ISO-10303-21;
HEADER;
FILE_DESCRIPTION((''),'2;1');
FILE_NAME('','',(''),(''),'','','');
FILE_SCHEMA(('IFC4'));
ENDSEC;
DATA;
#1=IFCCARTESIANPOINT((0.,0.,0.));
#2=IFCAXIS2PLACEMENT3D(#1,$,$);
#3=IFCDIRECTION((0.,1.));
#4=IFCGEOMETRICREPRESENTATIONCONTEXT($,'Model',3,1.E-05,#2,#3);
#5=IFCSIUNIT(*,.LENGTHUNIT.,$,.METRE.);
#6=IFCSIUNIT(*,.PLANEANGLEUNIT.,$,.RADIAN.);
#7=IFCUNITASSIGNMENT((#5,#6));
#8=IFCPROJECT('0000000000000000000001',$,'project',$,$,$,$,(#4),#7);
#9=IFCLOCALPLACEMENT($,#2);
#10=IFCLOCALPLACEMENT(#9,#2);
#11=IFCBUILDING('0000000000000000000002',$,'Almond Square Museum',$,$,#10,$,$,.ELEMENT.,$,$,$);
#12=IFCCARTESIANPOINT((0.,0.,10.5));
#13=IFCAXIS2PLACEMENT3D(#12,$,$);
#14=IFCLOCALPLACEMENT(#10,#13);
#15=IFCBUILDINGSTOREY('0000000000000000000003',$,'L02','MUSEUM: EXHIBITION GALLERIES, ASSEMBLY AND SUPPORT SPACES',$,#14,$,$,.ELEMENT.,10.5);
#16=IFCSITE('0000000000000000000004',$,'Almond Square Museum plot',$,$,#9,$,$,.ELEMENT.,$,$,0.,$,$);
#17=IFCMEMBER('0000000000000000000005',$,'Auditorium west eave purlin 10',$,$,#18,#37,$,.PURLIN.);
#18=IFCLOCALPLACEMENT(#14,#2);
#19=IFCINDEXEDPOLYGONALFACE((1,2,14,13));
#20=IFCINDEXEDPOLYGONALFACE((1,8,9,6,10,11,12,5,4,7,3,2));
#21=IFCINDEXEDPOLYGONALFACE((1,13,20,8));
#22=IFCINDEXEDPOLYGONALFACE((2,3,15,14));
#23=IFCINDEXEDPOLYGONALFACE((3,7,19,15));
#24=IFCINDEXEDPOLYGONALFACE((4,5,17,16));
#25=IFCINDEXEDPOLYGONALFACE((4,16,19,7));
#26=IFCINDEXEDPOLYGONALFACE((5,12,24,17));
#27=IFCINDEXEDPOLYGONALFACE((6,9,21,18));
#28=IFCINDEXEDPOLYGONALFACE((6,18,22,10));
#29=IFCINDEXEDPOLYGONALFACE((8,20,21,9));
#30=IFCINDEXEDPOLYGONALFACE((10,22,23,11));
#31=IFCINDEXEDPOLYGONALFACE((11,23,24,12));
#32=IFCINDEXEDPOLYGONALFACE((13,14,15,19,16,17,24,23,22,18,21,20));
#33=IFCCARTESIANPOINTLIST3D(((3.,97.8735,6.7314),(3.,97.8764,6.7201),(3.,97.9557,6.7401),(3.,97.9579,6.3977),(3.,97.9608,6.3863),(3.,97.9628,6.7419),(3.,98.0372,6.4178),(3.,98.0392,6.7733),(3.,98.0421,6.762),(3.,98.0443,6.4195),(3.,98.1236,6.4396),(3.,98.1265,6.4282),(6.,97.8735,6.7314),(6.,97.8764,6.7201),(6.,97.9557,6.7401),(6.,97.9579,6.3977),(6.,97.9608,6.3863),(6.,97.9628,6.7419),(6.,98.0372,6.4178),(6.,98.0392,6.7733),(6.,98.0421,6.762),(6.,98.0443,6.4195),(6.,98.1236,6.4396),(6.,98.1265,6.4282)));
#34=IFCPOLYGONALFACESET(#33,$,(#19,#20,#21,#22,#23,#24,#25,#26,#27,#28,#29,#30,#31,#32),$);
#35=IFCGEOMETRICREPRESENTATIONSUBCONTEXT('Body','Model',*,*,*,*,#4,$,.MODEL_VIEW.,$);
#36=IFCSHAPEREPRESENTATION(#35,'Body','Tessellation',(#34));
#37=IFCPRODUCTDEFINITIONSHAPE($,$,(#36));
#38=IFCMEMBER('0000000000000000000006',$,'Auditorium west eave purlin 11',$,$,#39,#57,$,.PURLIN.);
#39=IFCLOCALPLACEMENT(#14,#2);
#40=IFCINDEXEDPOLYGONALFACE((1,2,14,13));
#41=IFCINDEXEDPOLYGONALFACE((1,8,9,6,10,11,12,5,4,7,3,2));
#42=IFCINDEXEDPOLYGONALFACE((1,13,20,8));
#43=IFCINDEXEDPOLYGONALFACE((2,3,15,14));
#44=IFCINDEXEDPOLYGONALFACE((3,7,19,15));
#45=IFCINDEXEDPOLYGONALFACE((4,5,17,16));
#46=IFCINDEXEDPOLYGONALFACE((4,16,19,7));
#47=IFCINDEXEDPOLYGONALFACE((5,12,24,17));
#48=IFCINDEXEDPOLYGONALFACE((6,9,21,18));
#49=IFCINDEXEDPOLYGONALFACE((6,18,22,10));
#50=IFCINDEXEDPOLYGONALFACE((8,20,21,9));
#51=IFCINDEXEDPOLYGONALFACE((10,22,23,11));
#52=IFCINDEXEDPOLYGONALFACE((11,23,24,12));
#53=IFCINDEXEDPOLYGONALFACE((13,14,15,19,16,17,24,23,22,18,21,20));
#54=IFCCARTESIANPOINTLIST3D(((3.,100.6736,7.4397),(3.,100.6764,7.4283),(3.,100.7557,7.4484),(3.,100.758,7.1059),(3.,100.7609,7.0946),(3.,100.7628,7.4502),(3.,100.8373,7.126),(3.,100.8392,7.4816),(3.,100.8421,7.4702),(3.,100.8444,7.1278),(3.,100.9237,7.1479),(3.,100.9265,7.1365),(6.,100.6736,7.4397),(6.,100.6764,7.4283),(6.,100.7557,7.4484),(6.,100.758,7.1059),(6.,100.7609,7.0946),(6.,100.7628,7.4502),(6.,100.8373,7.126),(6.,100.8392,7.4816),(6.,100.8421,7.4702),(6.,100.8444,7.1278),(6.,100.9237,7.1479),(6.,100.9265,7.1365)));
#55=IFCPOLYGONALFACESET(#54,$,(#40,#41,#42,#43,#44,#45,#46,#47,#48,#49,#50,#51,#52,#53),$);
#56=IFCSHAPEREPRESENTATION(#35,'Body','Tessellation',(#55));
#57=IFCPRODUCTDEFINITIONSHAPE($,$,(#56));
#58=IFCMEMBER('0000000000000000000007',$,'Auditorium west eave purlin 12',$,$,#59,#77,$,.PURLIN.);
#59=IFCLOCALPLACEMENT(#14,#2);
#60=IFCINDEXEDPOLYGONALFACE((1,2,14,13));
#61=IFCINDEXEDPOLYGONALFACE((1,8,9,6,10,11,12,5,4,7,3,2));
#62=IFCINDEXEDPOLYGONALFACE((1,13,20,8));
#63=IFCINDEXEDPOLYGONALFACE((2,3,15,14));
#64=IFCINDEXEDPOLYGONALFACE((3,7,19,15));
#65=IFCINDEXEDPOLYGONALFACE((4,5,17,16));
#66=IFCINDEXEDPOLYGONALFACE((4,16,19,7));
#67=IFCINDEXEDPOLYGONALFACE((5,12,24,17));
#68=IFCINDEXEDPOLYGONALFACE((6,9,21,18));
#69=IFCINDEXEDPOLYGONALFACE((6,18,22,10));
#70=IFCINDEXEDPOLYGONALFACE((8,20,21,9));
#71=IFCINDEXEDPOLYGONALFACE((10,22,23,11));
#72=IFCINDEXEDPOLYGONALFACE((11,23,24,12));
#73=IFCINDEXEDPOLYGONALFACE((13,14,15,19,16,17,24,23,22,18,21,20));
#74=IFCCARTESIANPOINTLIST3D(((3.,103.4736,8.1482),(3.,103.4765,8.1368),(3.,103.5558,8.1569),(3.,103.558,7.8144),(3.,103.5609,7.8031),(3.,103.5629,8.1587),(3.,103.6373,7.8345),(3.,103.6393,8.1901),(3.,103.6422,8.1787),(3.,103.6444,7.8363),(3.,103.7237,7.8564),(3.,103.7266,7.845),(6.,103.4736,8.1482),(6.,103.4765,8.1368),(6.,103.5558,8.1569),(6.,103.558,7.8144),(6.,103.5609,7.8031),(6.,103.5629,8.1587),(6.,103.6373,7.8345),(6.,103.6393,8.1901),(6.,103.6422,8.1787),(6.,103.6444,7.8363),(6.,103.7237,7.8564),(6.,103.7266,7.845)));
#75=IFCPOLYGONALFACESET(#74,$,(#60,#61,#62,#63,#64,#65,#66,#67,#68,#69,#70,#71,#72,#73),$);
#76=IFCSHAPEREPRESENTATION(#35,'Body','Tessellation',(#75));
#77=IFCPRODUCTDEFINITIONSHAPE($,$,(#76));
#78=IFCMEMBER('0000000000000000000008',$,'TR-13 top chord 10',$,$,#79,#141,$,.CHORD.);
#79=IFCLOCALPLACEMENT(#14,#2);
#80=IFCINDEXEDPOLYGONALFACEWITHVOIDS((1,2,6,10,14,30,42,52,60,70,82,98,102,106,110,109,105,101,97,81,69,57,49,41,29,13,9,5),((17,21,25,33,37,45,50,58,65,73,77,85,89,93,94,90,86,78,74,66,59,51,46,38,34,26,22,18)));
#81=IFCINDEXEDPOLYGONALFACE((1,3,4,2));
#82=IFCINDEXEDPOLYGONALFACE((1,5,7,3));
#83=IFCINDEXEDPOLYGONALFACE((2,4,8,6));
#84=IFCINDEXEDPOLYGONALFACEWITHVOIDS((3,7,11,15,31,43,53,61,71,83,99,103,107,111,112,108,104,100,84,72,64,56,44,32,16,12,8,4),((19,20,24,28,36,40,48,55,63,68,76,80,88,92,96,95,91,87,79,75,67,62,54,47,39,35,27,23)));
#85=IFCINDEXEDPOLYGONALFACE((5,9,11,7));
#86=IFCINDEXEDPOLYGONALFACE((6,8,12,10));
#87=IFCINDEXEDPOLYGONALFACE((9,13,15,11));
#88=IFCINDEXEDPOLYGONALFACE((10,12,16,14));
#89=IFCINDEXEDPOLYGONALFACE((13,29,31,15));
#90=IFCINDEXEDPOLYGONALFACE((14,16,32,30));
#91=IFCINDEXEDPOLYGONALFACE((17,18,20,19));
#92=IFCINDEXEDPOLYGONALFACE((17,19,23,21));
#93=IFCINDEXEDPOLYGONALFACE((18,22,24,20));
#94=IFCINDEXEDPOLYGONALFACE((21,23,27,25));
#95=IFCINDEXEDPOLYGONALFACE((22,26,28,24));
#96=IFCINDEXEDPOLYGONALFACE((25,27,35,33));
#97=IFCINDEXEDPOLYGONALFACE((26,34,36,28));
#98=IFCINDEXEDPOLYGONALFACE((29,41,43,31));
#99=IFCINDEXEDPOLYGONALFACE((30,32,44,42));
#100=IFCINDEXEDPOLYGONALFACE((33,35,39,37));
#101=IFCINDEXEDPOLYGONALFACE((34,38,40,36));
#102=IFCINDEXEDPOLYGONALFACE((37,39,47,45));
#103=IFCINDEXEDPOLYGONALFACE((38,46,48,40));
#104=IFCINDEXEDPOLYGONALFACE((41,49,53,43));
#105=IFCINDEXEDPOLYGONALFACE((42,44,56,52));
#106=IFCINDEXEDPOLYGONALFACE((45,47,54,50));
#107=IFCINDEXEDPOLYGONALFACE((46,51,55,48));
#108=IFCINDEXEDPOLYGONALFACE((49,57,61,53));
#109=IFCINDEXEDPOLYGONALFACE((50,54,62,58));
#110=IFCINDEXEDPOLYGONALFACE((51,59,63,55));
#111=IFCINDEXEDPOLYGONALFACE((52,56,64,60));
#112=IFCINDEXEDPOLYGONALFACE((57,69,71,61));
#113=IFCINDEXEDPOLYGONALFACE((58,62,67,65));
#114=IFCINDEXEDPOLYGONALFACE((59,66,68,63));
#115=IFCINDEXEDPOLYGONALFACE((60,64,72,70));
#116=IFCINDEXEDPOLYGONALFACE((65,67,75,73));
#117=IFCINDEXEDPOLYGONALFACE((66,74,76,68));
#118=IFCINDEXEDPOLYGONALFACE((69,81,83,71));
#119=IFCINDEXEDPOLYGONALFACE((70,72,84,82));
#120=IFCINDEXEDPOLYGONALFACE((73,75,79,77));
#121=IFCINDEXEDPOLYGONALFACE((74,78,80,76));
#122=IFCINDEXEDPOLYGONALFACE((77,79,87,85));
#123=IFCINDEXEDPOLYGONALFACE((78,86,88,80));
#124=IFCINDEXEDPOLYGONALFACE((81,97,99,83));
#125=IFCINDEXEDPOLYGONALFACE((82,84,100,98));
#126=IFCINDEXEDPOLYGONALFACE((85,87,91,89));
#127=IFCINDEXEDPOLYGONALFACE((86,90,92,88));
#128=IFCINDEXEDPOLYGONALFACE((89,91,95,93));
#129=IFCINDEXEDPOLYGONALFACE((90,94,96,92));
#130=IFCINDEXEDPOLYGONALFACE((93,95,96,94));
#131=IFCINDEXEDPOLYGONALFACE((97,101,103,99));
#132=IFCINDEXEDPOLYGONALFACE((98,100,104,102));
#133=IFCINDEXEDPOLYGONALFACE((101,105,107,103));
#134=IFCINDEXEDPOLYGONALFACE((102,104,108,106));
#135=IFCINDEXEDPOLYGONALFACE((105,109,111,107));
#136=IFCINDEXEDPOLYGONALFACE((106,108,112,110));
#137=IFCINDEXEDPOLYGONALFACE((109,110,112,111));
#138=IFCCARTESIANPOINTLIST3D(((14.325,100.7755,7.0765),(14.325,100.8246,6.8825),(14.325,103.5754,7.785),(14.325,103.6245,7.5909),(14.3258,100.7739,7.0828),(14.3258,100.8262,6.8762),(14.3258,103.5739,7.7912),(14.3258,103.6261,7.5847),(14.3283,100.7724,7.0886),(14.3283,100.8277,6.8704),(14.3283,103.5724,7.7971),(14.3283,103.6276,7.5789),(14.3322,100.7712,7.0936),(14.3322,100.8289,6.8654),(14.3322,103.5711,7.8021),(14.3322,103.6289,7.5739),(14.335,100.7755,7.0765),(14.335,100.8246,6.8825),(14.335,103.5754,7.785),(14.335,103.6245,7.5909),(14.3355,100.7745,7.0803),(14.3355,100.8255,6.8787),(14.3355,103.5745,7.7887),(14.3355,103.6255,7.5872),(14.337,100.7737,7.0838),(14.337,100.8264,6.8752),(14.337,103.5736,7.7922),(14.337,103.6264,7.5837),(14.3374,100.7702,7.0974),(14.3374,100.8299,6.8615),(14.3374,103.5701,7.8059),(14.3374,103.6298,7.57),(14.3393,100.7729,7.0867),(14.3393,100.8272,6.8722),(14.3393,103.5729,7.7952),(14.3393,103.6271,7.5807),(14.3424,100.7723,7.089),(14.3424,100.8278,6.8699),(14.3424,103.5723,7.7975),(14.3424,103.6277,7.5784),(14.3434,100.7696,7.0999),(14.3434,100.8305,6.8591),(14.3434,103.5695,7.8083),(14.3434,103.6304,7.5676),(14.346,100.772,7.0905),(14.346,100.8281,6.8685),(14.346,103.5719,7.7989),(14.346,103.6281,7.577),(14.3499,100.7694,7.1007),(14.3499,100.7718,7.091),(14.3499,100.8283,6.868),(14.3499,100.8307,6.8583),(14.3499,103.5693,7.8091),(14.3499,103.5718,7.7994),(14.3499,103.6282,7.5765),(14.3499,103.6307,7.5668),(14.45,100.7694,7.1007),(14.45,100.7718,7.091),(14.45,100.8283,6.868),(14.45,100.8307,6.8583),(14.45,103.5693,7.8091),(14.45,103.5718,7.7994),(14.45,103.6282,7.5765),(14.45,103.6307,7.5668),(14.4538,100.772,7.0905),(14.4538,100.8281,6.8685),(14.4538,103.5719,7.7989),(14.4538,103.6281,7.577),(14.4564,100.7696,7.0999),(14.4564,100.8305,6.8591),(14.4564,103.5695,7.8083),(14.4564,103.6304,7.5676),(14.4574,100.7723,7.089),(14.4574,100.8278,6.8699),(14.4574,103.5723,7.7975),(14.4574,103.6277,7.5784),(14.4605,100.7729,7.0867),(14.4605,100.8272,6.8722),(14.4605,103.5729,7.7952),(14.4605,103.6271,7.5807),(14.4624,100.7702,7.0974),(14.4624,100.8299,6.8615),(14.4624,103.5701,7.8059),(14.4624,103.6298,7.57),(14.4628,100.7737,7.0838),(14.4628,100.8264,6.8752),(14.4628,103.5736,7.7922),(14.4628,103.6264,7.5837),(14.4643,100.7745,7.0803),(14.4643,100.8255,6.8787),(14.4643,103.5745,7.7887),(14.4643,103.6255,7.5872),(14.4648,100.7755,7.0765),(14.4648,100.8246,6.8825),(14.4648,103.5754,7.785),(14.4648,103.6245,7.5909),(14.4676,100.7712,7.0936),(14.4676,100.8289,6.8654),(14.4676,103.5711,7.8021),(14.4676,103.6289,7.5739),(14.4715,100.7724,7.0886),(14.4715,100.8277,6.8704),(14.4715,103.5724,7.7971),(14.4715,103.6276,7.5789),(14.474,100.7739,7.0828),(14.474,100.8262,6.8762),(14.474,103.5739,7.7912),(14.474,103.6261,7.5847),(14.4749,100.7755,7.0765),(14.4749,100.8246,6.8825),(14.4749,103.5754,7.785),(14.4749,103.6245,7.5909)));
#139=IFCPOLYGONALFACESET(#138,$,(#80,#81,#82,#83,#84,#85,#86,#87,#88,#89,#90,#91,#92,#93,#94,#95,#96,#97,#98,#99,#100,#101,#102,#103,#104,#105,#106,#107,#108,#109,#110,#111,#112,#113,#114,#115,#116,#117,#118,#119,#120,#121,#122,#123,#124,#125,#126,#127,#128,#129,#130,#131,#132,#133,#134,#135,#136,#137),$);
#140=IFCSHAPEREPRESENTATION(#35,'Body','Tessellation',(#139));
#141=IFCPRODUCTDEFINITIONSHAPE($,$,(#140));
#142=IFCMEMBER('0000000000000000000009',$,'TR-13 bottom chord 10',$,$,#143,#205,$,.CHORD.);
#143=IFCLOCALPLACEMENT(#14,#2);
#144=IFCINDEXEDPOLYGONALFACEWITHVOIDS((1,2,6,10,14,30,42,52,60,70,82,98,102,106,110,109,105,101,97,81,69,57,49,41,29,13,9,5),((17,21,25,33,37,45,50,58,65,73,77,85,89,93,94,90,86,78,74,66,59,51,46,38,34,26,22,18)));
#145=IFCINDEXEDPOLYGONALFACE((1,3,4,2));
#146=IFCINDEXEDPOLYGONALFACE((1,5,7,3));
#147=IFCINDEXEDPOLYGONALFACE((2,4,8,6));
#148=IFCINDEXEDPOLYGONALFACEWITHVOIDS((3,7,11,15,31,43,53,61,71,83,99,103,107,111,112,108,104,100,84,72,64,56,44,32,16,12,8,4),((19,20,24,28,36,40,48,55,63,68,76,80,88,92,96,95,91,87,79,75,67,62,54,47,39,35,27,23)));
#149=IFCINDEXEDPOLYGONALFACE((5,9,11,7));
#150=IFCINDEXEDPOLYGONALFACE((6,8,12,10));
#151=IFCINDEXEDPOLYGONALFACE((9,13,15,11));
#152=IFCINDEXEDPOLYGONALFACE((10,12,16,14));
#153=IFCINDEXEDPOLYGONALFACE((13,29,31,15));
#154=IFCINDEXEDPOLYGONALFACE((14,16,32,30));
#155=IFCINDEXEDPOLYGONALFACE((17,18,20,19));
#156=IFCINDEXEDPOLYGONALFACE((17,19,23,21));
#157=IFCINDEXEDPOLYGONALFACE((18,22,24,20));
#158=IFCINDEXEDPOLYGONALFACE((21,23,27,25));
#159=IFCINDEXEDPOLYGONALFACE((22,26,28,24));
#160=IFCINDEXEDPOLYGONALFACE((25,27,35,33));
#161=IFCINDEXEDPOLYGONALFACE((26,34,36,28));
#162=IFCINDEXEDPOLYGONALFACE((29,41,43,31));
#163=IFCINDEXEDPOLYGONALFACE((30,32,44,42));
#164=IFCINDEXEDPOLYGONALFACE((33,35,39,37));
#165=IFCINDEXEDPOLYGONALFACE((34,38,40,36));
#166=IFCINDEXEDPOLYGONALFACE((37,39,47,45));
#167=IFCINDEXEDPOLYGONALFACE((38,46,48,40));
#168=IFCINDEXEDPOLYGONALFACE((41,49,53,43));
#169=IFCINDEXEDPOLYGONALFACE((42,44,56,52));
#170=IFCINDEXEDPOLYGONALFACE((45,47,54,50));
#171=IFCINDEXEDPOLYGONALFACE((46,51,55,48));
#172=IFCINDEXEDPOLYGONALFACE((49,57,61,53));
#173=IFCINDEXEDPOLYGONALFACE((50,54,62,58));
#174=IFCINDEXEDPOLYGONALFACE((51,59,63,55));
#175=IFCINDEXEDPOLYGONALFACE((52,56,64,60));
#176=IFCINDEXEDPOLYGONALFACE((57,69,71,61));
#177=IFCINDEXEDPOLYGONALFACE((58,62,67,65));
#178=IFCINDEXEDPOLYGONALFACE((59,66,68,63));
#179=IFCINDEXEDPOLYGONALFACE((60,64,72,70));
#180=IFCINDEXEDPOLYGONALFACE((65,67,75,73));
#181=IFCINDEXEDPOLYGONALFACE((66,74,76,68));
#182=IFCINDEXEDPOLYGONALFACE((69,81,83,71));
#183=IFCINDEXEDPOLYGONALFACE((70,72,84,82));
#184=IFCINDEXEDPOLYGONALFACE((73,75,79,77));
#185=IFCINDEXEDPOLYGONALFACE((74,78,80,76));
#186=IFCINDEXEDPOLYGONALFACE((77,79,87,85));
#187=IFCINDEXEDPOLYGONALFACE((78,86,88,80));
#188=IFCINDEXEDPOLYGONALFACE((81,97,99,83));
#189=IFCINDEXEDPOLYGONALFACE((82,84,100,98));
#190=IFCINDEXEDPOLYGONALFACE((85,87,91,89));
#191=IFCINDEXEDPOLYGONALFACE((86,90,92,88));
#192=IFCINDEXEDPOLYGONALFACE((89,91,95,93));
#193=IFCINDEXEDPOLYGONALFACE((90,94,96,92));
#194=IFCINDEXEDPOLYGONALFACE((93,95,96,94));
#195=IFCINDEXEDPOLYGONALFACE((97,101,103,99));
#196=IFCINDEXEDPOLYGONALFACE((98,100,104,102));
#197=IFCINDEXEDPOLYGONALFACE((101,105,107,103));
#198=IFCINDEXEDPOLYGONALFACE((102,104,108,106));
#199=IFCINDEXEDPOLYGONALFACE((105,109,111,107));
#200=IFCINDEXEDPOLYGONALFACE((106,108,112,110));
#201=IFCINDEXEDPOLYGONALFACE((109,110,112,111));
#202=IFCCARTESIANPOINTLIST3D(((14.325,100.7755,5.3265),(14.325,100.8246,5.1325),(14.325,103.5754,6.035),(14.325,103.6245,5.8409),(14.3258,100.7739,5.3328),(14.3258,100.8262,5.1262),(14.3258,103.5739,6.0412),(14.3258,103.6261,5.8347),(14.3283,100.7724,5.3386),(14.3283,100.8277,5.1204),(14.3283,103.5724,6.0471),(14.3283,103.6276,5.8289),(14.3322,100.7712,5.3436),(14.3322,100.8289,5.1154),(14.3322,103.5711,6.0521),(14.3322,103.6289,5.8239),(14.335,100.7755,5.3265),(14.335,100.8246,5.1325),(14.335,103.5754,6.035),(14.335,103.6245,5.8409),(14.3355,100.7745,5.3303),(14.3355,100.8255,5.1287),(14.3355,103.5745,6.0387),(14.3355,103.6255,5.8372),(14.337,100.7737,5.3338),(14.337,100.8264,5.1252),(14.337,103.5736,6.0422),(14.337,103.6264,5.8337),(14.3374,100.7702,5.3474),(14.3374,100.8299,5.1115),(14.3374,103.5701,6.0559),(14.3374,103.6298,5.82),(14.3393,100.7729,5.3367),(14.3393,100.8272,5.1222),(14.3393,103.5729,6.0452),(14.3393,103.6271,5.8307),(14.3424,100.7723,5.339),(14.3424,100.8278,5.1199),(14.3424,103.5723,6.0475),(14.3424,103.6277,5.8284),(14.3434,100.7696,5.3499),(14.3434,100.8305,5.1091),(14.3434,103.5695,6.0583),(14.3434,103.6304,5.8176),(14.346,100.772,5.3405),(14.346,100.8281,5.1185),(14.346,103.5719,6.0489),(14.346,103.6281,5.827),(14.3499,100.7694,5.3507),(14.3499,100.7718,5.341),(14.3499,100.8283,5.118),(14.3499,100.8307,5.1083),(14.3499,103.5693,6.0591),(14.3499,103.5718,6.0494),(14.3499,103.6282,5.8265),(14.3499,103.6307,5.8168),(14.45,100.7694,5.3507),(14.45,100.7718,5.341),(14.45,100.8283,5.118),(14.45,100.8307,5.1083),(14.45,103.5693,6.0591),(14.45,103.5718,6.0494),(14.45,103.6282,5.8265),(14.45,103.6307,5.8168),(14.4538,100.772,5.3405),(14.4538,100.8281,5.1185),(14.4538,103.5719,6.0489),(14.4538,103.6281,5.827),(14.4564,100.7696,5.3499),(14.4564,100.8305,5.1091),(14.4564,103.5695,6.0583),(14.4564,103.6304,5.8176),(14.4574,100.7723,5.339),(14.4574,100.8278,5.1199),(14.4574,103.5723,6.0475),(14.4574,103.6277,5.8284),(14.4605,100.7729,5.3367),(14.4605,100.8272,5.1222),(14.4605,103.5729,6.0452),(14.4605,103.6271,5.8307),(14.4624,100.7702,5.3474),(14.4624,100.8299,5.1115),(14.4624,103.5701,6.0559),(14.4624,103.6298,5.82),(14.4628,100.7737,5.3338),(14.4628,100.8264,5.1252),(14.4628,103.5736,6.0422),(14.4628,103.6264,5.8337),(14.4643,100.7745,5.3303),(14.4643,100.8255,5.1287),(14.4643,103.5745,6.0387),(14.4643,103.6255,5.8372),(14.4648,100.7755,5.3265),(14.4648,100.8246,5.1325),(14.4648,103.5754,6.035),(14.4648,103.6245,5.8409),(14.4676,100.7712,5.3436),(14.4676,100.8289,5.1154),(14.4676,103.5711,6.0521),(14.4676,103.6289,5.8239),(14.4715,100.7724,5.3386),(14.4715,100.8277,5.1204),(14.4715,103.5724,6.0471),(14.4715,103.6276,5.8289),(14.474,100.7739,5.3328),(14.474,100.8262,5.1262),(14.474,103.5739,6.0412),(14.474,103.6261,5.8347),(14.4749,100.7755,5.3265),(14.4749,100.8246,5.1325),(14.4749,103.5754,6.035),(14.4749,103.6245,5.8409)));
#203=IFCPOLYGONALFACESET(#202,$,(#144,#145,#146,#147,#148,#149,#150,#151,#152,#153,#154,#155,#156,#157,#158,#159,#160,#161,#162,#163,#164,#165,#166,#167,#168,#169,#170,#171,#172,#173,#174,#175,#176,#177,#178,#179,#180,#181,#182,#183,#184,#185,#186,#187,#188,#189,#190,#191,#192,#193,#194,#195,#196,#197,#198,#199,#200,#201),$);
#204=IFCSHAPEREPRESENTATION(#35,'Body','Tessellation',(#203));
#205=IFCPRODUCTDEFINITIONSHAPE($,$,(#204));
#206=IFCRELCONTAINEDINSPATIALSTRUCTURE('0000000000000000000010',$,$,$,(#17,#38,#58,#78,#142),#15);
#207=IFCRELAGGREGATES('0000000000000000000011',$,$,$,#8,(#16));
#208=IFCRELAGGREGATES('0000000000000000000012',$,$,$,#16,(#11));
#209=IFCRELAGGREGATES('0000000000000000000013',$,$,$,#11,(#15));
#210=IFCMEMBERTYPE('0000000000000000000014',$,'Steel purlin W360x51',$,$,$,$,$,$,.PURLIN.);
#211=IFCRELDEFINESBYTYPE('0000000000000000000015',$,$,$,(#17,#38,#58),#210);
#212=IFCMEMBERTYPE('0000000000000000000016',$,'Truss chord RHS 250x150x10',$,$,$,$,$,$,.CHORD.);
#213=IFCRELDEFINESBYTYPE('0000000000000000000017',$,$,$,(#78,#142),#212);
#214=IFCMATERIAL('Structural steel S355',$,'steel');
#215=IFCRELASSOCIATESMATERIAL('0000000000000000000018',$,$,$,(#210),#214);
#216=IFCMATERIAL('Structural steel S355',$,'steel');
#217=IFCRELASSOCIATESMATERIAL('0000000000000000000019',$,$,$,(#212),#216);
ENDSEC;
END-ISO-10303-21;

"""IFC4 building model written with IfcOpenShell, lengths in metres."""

from ifc_helpers import new_model, si_unit, direction, frame, origin, origin_2d, place, context, subcontext, project, spatial, hollow_rectangle, i_section, extrude, material, material_profile, profile_set, type_object, element, save


model = new_model("IFC4")

# Units and contexts
model_context = context("Model", 3, precision=1e-05, world=origin(), true_north=direction((0.0, 1.0)))
body_context = subcontext(model_context, "Body", "Model", "MODEL_VIEW")
ifc_project = project(units=[si_unit("LENGTHUNIT", "METRE"), si_unit("PLANEANGLEUNIT", "RADIAN")], contexts=[model_context])

# Site, building, storey
site_placement = place(None, origin())
site = spatial("IfcSite", under=ifc_project, at=site_placement, Name="Almond Square Museum plot", CompositionType="ELEMENT", RefElevation=0.0)
building_placement = place(site_placement, origin())
building = spatial("IfcBuilding", under=site, at=building_placement, Name="Almond Square Museum", CompositionType="ELEMENT")
storey_placement = place(building_placement, frame((0.0, 0.0, 10.5)))
storey = spatial("IfcBuildingStorey", under=building, at=storey_placement, Name="L02", Description="MUSEUM: EXHIBITION GALLERIES, ASSEMBLY AND SUPPORT SPACES", CompositionType="ELEMENT", Elevation=10.5)

# Members
ifc_material_1 = material(Name="Structural steel S355", Category="steel")
ifc_material_profile_1 = material_profile(ifc_material_1, i_section(OverallWidth=0.1709, OverallDepth=0.356, WebThickness=0.0073, FlangeThickness=0.0117, at=origin_2d()))
ifc_profile_set_1 = profile_set([ifc_material_profile_1], Name="Structural steel S355")
member_type_1 = type_object("IfcMemberType", Name="Steel purlin W360x51", PredefinedType="PURLIN", material=ifc_profile_set_1)
for number, where, z_axis, x_axis, name in (
    (1, (3.0, 98.0, 6.5798), (1.0, 0.0, 0.0), (0.0, 0.96946, 0.24525), "Auditorium west eave purlin 10"),
    (2, (3.0, 100.8, 7.2881), (1.0, 0.0, 0.0), (0.0, 0.96946, 0.24525), "Auditorium west eave purlin 11"),
    (3, (3.0, 103.6001, 7.9966), (1.0, 0.0, 0.0), (0.0, 0.96946, 0.24525), "Auditorium west eave purlin 12"),
):
    element("IfcMember", number, at=place(storey_placement, frame(where, z_axis=z_axis, x_axis=x_axis)), inside=storey, type_object=member_type_1, Name=name, PredefinedType="PURLIN", context=body_context, shape_type="SweptSolid", body=[
        extrude(i_section(OverallWidth=0.1709, OverallDepth=0.356, WebThickness=0.0073, FlangeThickness=0.0117, at=origin_2d()), origin(), (0.0, 0.0, 1.0), 3.0),
    ])
ifc_material_2 = material(Name="Structural steel S355", Category="steel")
ifc_material_profile_2 = material_profile(ifc_material_2, hollow_rectangle(XDim=0.1499, YDim=0.25, WallThickness=0.01, InnerFilletRadius=0.0149, OuterFilletRadius=0.0249, at=origin_2d()))
ifc_profile_set_2 = profile_set([ifc_material_profile_2], Name="Structural steel S355")
member_type_2 = type_object("IfcMemberType", Name="Truss chord RHS 250x150x10", PredefinedType="CHORD", material=ifc_profile_set_2)
for number, where, z_axis, x_axis, name in (
    (4, (14.3999, 100.8, 6.9795), (0.0, 0.969447, 0.245299), (-1.0, 0.0, 0.0), "TR-13 top chord 10"),
    (5, (14.3999, 100.8, 5.2295), (0.0, 0.969447, 0.245299), (-1.0, 0.0, 0.0), "TR-13 bottom chord 10"),
):
    element("IfcMember", number, at=place(storey_placement, frame(where, z_axis=z_axis, x_axis=x_axis)), inside=storey, type_object=member_type_2, Name=name, PredefinedType="CHORD", context=body_context, shape_type="SweptSolid", body=[
        extrude(hollow_rectangle(XDim=0.1499, YDim=0.25, WallThickness=0.01, InnerFilletRadius=0.0149, OuterFilletRadius=0.0249, at=origin_2d()), origin(), (0.0, 0.0, 1.0), 2.8882),
    ])

save(model, "model.ifc")
